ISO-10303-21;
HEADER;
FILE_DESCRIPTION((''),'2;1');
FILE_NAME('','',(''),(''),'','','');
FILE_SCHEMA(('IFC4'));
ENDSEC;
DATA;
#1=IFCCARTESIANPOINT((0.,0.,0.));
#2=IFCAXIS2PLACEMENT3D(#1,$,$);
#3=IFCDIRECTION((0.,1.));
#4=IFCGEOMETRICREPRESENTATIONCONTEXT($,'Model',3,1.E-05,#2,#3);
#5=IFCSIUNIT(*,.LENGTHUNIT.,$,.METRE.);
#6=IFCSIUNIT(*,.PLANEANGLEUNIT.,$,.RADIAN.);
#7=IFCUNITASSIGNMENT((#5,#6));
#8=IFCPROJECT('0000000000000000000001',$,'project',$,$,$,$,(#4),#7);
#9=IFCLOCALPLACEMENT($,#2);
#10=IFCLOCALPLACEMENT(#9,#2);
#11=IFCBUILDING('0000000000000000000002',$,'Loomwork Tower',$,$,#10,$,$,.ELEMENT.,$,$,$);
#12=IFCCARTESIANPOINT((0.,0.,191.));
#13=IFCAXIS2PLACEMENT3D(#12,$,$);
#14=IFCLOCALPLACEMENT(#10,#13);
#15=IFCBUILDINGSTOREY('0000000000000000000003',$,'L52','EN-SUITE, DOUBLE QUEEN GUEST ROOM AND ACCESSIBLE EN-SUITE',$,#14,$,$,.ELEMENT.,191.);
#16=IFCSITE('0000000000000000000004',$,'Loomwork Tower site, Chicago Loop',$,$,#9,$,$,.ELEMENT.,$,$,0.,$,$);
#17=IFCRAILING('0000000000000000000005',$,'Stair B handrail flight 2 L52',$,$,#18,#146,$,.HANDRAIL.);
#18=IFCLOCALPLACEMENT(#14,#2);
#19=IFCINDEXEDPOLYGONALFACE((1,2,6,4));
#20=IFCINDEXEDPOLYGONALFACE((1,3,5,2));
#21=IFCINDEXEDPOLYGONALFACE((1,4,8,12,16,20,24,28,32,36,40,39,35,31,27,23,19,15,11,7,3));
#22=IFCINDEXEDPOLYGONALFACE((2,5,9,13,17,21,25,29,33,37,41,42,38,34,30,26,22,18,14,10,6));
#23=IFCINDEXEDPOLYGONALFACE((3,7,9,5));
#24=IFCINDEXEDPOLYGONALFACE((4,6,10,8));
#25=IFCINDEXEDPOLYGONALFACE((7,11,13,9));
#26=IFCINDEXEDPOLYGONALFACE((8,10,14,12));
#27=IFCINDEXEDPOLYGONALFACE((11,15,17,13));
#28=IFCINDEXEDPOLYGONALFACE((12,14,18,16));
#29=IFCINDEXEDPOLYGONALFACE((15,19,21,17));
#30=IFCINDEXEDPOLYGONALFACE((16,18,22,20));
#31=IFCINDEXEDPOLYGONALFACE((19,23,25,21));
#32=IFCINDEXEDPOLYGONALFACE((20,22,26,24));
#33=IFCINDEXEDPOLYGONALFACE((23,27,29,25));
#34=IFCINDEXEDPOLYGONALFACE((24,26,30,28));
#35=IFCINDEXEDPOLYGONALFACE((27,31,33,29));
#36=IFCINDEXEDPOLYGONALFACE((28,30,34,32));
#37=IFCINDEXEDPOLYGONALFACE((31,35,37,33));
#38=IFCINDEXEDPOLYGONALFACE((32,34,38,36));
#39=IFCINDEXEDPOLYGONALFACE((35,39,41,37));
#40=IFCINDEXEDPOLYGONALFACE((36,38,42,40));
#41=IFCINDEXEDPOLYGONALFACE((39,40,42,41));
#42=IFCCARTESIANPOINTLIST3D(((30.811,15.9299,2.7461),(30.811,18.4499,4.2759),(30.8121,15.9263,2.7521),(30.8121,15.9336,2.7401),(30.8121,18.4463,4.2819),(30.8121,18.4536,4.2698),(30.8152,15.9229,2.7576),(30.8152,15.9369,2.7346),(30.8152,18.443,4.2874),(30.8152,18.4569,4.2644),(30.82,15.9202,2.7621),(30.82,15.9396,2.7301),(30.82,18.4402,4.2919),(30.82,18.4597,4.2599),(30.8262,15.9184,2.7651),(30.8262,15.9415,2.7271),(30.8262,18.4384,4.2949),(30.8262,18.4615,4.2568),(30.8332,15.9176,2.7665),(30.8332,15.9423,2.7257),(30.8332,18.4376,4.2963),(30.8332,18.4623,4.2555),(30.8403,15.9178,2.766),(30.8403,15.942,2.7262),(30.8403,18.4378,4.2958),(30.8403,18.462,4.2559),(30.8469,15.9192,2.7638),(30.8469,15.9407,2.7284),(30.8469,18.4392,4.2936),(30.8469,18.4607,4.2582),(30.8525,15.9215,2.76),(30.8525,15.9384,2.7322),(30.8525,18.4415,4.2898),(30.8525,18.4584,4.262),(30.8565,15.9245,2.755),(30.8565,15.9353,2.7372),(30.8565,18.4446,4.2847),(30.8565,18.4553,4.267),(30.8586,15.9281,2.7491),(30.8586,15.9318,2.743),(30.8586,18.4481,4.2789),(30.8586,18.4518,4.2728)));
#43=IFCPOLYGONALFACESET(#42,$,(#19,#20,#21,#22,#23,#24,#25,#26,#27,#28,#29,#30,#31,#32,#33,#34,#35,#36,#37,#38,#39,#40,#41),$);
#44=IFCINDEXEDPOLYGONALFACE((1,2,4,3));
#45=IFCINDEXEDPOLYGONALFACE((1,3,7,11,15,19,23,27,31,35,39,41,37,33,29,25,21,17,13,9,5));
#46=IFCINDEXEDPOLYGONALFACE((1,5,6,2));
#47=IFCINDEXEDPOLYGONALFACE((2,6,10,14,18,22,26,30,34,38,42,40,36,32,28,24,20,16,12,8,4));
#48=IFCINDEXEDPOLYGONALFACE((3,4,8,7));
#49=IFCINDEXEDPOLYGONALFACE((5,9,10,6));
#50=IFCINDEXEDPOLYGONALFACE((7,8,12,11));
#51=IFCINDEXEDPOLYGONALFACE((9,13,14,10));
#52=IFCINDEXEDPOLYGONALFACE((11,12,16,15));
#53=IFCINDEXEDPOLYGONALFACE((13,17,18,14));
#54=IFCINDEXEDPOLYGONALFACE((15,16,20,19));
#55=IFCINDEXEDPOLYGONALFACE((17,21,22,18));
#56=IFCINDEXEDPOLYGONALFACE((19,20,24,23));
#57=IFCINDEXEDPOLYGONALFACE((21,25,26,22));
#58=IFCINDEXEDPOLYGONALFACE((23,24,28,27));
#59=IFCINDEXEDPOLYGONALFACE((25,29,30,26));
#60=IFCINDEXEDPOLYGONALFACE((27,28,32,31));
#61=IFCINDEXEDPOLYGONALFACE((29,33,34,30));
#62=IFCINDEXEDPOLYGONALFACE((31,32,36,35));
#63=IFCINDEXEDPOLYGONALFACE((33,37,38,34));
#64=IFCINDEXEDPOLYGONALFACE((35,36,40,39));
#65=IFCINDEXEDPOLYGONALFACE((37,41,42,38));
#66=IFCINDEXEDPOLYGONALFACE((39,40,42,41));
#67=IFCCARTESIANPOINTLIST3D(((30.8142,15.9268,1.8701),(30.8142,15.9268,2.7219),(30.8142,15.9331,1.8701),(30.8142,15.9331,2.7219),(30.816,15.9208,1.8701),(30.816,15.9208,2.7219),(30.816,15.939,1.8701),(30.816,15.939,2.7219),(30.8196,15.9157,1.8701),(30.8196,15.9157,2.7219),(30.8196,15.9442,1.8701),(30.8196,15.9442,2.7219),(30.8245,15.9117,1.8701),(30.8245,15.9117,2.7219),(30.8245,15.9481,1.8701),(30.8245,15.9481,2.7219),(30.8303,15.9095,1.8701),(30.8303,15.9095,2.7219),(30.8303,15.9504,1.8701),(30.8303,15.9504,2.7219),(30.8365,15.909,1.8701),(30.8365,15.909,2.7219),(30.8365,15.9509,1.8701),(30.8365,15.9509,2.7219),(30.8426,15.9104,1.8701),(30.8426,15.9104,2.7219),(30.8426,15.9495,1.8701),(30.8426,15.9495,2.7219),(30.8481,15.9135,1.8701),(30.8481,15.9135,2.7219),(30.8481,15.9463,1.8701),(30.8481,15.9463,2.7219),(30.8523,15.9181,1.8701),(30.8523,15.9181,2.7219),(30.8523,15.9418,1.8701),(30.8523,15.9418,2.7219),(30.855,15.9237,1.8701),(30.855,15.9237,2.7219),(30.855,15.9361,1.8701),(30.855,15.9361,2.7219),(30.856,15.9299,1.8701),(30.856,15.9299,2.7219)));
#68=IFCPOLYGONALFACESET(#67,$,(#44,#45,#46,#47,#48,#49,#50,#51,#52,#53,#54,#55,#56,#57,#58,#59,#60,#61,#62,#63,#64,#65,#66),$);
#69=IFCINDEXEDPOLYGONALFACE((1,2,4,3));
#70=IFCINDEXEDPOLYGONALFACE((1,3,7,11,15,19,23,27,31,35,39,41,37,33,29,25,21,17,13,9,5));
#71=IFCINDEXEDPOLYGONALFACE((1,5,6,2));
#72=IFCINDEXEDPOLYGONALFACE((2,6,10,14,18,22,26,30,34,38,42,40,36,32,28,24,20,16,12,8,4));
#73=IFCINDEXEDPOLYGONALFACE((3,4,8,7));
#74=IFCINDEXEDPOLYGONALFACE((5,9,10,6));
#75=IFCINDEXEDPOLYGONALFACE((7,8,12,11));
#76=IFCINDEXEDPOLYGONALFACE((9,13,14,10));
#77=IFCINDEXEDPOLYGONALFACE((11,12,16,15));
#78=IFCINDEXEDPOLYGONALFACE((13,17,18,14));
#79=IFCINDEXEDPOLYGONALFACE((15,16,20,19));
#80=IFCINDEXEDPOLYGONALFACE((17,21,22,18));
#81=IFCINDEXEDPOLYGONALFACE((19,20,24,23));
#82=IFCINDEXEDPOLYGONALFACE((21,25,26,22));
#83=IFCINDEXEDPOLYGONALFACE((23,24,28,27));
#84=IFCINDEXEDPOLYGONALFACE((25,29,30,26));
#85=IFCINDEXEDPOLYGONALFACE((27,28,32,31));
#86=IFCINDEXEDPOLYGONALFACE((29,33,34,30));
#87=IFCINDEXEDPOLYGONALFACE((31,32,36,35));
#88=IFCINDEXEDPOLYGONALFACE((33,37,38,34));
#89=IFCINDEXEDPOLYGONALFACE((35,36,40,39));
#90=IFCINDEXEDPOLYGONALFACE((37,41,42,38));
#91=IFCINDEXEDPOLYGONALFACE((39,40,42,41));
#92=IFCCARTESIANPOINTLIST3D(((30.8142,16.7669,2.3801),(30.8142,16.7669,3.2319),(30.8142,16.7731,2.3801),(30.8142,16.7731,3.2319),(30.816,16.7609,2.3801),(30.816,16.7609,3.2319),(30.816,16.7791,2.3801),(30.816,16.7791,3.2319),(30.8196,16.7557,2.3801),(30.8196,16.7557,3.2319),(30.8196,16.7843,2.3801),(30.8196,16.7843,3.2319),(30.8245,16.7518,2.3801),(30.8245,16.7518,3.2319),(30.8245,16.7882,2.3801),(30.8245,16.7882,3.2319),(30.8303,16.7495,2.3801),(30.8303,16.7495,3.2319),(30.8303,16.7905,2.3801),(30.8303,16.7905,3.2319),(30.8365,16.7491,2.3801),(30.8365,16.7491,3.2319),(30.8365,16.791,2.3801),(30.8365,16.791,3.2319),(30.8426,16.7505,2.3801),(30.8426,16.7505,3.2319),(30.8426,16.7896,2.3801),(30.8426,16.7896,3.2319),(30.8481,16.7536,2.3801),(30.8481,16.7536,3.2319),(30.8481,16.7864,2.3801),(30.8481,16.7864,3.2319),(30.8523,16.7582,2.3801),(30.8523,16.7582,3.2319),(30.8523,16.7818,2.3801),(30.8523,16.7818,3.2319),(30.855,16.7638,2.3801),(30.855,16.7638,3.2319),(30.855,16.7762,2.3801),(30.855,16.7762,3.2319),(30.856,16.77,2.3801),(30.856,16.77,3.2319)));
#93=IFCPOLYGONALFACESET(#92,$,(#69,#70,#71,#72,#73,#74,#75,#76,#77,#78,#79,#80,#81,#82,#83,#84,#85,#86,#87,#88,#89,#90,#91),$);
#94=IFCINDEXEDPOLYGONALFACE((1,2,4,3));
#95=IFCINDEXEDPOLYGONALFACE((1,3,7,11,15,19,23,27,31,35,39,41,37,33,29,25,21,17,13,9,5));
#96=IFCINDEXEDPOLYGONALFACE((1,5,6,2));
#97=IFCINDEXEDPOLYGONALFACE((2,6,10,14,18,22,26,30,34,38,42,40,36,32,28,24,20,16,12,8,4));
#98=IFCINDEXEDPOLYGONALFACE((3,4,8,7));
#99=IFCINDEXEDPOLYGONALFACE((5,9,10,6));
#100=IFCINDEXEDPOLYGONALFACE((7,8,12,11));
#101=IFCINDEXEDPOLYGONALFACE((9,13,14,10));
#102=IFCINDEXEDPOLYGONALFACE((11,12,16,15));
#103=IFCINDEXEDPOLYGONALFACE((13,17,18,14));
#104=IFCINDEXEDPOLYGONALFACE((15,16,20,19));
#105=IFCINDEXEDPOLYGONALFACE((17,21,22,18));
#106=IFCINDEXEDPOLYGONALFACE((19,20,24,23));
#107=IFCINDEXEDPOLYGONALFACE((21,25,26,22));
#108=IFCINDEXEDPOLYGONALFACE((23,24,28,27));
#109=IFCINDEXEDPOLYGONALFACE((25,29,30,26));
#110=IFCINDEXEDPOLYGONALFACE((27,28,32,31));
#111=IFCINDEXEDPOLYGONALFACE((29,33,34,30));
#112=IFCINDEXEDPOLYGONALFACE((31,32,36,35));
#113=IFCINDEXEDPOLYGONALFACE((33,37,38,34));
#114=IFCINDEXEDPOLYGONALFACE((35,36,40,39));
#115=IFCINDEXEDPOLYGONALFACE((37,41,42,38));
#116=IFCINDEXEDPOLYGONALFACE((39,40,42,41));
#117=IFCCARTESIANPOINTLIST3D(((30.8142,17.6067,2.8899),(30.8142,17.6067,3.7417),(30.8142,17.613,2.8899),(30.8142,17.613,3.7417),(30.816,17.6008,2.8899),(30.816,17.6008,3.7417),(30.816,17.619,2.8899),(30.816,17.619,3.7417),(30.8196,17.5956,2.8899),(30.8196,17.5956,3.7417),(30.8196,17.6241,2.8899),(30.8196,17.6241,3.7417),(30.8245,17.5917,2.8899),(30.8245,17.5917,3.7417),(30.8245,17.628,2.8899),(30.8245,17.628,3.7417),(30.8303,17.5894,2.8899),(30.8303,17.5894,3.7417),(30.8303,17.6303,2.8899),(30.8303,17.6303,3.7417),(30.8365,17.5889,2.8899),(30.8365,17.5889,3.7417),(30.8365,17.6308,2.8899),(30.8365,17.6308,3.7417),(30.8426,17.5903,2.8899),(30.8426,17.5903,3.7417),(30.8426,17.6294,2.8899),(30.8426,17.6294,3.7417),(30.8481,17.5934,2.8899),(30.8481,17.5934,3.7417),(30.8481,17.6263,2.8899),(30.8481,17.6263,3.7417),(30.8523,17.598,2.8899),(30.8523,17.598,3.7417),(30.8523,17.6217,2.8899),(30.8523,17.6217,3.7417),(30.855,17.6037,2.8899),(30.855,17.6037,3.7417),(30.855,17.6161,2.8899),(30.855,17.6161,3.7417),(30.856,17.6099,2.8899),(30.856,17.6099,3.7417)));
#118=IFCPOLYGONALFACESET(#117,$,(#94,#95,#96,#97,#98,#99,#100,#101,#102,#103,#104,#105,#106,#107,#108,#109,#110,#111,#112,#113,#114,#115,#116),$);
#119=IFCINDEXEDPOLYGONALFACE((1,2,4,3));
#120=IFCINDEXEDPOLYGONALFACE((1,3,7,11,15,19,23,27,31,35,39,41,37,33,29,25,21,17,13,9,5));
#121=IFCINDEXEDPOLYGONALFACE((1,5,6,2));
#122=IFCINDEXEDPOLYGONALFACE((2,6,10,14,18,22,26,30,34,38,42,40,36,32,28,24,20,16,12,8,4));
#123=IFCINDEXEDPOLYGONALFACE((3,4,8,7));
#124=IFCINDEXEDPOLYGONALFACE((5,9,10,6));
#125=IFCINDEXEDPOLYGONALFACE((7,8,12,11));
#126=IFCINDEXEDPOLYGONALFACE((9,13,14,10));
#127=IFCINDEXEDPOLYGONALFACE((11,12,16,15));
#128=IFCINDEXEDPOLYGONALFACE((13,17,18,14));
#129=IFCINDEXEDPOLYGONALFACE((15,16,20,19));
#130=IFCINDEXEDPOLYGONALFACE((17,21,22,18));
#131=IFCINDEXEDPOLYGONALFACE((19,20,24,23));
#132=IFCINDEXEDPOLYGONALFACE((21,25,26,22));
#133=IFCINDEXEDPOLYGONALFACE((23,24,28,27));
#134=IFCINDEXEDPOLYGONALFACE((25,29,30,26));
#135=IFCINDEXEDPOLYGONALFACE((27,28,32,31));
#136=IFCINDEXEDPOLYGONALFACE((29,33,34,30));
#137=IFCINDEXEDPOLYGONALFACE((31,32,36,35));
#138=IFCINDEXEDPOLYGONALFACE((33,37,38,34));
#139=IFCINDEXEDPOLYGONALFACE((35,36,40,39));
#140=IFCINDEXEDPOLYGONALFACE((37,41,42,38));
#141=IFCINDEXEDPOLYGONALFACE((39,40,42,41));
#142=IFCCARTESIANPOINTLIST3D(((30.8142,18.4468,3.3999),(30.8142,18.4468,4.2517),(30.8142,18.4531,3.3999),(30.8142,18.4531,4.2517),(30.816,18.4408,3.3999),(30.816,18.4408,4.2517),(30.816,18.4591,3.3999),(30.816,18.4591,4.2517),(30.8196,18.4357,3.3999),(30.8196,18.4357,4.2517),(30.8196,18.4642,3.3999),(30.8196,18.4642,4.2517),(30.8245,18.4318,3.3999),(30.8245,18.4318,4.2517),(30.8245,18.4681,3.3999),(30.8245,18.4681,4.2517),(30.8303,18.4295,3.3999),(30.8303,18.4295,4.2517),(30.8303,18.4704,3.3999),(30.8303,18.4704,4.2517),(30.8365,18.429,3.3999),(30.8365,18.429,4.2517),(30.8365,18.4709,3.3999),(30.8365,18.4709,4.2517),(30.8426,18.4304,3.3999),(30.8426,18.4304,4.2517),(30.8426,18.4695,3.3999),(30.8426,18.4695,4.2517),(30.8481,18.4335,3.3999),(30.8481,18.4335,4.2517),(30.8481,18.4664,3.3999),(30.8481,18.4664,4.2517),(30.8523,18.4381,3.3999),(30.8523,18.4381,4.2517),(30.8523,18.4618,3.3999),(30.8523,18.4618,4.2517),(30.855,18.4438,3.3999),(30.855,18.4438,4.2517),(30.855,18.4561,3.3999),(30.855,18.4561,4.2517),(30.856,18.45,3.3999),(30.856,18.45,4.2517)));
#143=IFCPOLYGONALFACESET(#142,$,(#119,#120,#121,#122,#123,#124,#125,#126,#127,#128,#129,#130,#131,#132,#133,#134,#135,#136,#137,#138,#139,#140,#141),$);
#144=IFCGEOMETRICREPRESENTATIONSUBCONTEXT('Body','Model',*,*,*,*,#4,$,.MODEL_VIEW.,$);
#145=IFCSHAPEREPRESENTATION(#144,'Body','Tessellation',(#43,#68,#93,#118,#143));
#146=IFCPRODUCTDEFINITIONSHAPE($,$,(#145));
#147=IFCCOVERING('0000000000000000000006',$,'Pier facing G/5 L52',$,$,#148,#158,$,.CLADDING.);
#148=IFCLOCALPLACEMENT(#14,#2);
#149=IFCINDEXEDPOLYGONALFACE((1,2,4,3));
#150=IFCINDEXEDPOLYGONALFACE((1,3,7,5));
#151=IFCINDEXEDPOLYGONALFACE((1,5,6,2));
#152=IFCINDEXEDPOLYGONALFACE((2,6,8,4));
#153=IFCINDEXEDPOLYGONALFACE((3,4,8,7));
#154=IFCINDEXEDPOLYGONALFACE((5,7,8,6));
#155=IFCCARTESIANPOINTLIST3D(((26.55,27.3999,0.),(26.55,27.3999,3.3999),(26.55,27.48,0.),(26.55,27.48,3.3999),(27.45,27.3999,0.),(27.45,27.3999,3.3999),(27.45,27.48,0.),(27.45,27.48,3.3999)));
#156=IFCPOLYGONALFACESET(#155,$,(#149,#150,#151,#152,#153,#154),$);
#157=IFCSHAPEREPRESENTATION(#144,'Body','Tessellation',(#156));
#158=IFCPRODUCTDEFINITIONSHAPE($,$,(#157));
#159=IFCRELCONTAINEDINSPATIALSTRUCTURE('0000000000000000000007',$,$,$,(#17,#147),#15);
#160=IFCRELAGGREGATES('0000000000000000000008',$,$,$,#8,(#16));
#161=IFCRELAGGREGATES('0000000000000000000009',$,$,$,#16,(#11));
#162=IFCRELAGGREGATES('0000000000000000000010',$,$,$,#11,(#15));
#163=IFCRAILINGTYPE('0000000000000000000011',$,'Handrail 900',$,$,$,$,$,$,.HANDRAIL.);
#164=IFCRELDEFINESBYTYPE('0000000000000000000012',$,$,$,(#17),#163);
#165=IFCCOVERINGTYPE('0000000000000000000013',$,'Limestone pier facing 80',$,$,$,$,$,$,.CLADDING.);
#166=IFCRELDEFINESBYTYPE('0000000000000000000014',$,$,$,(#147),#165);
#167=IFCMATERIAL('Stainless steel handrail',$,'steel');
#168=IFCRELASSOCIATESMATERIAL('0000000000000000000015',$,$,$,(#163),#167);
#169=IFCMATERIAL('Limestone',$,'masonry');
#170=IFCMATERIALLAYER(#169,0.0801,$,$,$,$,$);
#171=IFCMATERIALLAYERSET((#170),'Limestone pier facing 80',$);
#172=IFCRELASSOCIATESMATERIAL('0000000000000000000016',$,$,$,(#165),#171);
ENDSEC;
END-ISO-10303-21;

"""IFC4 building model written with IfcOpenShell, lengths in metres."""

from ifc_helpers import new_model, si_unit, direction, frame, origin, origin_2d, place, context, subcontext, project, spatial, rectangle, circle, extrude, material, layer, layer_set, type_object, element, save


model = new_model("IFC4")

# Units and contexts
model_context = context("Model", 3, precision=1e-05, world=origin(), true_north=direction((0.0, 1.0)))
body_context = subcontext(model_context, "Body", "Model", "MODEL_VIEW")
ifc_project = project(units=[si_unit("LENGTHUNIT", "METRE"), si_unit("PLANEANGLEUNIT", "RADIAN")], contexts=[model_context])

# Site, building, storey
site_placement = place(None, origin())
site = spatial("IfcSite", under=ifc_project, at=site_placement, Name="Loomwork Tower site, Chicago Loop", CompositionType="ELEMENT", RefElevation=0.0)
building_placement = place(site_placement, origin())
building = spatial("IfcBuilding", under=site, at=building_placement, Name="Loomwork Tower", CompositionType="ELEMENT")
storey_placement = place(building_placement, frame((0.0, 0.0, 191.0)))
storey = spatial("IfcBuildingStorey", under=building, at=storey_placement, Name="L52", Description="EN-SUITE, DOUBLE QUEEN GUEST ROOM AND ACCESSIBLE EN-SUITE", CompositionType="ELEMENT", Elevation=191.0)

# Railing
ifc_material_1 = material(Name="Stainless steel handrail", Category="steel")
railing_type = type_object("IfcRailingType", Name="Handrail 900", PredefinedType="HANDRAIL", material=ifc_material_1)
railing_placement = place(storey_placement, frame((30.835, 15.9299, 1.8701)))
element("IfcRailing", 1, at=railing_placement, inside=storey, type_object=railing_type, Name="Stair B handrail flight 2 L52", PredefinedType="HANDRAIL", context=body_context, shape_type="SweptSolid", body=[
    extrude(circle(Radius=0.0239, at=origin_2d()), frame((0.0, 0.0, 0.876), z_axis=(0.0, 0.854822, 0.518922), x_axis=(-1.0, 0.0, 0.0)), (0.0, 0.0, 1.0), 2.948),
    extrude(circle(Radius=0.021, at=origin_2d()), origin(), (0.0, 0.0, 1.0), 0.8518),
    extrude(circle(Radius=0.021, at=origin_2d()), frame((0.0, 0.8401, 0.51)), (0.0, 0.0, 1.0), 0.8518),
    extrude(circle(Radius=0.021, at=origin_2d()), frame((0.0, 1.6799, 1.0198)), (0.0, 0.0, 1.0), 0.8518),
    extrude(circle(Radius=0.021, at=origin_2d()), frame((0.0, 2.52, 1.5298)), (0.0, 0.0, 1.0), 0.8518),
])

# Covering
ifc_material_2 = material(Name="Limestone", Category="masonry")
ifc_layer_1 = layer(ifc_material_2, 0.0801)
ifc_layer_set_1 = layer_set([ifc_layer_1], Name="Limestone pier facing 80")
covering_type = type_object("IfcCoveringType", Name="Limestone pier facing 80", PredefinedType="CLADDING", material=ifc_layer_set_1)
covering_placement = place(storey_placement, frame((27.0, 27.4399, 0.0), z_axis=(0.0, 0.0, 1.0), x_axis=(1.0, 0.0, 0.0)))
element("IfcCovering", 2, at=covering_placement, inside=storey, type_object=covering_type, Name="Pier facing G/5 L52", PredefinedType="CLADDING", context=body_context, shape_type="SweptSolid", body=[
    extrude(rectangle(XDim=0.8999, YDim=0.0801, at=origin_2d()), origin(), (0.0, 0.0, 1.0), 3.3999),
])

save(model, "model.ifc")
